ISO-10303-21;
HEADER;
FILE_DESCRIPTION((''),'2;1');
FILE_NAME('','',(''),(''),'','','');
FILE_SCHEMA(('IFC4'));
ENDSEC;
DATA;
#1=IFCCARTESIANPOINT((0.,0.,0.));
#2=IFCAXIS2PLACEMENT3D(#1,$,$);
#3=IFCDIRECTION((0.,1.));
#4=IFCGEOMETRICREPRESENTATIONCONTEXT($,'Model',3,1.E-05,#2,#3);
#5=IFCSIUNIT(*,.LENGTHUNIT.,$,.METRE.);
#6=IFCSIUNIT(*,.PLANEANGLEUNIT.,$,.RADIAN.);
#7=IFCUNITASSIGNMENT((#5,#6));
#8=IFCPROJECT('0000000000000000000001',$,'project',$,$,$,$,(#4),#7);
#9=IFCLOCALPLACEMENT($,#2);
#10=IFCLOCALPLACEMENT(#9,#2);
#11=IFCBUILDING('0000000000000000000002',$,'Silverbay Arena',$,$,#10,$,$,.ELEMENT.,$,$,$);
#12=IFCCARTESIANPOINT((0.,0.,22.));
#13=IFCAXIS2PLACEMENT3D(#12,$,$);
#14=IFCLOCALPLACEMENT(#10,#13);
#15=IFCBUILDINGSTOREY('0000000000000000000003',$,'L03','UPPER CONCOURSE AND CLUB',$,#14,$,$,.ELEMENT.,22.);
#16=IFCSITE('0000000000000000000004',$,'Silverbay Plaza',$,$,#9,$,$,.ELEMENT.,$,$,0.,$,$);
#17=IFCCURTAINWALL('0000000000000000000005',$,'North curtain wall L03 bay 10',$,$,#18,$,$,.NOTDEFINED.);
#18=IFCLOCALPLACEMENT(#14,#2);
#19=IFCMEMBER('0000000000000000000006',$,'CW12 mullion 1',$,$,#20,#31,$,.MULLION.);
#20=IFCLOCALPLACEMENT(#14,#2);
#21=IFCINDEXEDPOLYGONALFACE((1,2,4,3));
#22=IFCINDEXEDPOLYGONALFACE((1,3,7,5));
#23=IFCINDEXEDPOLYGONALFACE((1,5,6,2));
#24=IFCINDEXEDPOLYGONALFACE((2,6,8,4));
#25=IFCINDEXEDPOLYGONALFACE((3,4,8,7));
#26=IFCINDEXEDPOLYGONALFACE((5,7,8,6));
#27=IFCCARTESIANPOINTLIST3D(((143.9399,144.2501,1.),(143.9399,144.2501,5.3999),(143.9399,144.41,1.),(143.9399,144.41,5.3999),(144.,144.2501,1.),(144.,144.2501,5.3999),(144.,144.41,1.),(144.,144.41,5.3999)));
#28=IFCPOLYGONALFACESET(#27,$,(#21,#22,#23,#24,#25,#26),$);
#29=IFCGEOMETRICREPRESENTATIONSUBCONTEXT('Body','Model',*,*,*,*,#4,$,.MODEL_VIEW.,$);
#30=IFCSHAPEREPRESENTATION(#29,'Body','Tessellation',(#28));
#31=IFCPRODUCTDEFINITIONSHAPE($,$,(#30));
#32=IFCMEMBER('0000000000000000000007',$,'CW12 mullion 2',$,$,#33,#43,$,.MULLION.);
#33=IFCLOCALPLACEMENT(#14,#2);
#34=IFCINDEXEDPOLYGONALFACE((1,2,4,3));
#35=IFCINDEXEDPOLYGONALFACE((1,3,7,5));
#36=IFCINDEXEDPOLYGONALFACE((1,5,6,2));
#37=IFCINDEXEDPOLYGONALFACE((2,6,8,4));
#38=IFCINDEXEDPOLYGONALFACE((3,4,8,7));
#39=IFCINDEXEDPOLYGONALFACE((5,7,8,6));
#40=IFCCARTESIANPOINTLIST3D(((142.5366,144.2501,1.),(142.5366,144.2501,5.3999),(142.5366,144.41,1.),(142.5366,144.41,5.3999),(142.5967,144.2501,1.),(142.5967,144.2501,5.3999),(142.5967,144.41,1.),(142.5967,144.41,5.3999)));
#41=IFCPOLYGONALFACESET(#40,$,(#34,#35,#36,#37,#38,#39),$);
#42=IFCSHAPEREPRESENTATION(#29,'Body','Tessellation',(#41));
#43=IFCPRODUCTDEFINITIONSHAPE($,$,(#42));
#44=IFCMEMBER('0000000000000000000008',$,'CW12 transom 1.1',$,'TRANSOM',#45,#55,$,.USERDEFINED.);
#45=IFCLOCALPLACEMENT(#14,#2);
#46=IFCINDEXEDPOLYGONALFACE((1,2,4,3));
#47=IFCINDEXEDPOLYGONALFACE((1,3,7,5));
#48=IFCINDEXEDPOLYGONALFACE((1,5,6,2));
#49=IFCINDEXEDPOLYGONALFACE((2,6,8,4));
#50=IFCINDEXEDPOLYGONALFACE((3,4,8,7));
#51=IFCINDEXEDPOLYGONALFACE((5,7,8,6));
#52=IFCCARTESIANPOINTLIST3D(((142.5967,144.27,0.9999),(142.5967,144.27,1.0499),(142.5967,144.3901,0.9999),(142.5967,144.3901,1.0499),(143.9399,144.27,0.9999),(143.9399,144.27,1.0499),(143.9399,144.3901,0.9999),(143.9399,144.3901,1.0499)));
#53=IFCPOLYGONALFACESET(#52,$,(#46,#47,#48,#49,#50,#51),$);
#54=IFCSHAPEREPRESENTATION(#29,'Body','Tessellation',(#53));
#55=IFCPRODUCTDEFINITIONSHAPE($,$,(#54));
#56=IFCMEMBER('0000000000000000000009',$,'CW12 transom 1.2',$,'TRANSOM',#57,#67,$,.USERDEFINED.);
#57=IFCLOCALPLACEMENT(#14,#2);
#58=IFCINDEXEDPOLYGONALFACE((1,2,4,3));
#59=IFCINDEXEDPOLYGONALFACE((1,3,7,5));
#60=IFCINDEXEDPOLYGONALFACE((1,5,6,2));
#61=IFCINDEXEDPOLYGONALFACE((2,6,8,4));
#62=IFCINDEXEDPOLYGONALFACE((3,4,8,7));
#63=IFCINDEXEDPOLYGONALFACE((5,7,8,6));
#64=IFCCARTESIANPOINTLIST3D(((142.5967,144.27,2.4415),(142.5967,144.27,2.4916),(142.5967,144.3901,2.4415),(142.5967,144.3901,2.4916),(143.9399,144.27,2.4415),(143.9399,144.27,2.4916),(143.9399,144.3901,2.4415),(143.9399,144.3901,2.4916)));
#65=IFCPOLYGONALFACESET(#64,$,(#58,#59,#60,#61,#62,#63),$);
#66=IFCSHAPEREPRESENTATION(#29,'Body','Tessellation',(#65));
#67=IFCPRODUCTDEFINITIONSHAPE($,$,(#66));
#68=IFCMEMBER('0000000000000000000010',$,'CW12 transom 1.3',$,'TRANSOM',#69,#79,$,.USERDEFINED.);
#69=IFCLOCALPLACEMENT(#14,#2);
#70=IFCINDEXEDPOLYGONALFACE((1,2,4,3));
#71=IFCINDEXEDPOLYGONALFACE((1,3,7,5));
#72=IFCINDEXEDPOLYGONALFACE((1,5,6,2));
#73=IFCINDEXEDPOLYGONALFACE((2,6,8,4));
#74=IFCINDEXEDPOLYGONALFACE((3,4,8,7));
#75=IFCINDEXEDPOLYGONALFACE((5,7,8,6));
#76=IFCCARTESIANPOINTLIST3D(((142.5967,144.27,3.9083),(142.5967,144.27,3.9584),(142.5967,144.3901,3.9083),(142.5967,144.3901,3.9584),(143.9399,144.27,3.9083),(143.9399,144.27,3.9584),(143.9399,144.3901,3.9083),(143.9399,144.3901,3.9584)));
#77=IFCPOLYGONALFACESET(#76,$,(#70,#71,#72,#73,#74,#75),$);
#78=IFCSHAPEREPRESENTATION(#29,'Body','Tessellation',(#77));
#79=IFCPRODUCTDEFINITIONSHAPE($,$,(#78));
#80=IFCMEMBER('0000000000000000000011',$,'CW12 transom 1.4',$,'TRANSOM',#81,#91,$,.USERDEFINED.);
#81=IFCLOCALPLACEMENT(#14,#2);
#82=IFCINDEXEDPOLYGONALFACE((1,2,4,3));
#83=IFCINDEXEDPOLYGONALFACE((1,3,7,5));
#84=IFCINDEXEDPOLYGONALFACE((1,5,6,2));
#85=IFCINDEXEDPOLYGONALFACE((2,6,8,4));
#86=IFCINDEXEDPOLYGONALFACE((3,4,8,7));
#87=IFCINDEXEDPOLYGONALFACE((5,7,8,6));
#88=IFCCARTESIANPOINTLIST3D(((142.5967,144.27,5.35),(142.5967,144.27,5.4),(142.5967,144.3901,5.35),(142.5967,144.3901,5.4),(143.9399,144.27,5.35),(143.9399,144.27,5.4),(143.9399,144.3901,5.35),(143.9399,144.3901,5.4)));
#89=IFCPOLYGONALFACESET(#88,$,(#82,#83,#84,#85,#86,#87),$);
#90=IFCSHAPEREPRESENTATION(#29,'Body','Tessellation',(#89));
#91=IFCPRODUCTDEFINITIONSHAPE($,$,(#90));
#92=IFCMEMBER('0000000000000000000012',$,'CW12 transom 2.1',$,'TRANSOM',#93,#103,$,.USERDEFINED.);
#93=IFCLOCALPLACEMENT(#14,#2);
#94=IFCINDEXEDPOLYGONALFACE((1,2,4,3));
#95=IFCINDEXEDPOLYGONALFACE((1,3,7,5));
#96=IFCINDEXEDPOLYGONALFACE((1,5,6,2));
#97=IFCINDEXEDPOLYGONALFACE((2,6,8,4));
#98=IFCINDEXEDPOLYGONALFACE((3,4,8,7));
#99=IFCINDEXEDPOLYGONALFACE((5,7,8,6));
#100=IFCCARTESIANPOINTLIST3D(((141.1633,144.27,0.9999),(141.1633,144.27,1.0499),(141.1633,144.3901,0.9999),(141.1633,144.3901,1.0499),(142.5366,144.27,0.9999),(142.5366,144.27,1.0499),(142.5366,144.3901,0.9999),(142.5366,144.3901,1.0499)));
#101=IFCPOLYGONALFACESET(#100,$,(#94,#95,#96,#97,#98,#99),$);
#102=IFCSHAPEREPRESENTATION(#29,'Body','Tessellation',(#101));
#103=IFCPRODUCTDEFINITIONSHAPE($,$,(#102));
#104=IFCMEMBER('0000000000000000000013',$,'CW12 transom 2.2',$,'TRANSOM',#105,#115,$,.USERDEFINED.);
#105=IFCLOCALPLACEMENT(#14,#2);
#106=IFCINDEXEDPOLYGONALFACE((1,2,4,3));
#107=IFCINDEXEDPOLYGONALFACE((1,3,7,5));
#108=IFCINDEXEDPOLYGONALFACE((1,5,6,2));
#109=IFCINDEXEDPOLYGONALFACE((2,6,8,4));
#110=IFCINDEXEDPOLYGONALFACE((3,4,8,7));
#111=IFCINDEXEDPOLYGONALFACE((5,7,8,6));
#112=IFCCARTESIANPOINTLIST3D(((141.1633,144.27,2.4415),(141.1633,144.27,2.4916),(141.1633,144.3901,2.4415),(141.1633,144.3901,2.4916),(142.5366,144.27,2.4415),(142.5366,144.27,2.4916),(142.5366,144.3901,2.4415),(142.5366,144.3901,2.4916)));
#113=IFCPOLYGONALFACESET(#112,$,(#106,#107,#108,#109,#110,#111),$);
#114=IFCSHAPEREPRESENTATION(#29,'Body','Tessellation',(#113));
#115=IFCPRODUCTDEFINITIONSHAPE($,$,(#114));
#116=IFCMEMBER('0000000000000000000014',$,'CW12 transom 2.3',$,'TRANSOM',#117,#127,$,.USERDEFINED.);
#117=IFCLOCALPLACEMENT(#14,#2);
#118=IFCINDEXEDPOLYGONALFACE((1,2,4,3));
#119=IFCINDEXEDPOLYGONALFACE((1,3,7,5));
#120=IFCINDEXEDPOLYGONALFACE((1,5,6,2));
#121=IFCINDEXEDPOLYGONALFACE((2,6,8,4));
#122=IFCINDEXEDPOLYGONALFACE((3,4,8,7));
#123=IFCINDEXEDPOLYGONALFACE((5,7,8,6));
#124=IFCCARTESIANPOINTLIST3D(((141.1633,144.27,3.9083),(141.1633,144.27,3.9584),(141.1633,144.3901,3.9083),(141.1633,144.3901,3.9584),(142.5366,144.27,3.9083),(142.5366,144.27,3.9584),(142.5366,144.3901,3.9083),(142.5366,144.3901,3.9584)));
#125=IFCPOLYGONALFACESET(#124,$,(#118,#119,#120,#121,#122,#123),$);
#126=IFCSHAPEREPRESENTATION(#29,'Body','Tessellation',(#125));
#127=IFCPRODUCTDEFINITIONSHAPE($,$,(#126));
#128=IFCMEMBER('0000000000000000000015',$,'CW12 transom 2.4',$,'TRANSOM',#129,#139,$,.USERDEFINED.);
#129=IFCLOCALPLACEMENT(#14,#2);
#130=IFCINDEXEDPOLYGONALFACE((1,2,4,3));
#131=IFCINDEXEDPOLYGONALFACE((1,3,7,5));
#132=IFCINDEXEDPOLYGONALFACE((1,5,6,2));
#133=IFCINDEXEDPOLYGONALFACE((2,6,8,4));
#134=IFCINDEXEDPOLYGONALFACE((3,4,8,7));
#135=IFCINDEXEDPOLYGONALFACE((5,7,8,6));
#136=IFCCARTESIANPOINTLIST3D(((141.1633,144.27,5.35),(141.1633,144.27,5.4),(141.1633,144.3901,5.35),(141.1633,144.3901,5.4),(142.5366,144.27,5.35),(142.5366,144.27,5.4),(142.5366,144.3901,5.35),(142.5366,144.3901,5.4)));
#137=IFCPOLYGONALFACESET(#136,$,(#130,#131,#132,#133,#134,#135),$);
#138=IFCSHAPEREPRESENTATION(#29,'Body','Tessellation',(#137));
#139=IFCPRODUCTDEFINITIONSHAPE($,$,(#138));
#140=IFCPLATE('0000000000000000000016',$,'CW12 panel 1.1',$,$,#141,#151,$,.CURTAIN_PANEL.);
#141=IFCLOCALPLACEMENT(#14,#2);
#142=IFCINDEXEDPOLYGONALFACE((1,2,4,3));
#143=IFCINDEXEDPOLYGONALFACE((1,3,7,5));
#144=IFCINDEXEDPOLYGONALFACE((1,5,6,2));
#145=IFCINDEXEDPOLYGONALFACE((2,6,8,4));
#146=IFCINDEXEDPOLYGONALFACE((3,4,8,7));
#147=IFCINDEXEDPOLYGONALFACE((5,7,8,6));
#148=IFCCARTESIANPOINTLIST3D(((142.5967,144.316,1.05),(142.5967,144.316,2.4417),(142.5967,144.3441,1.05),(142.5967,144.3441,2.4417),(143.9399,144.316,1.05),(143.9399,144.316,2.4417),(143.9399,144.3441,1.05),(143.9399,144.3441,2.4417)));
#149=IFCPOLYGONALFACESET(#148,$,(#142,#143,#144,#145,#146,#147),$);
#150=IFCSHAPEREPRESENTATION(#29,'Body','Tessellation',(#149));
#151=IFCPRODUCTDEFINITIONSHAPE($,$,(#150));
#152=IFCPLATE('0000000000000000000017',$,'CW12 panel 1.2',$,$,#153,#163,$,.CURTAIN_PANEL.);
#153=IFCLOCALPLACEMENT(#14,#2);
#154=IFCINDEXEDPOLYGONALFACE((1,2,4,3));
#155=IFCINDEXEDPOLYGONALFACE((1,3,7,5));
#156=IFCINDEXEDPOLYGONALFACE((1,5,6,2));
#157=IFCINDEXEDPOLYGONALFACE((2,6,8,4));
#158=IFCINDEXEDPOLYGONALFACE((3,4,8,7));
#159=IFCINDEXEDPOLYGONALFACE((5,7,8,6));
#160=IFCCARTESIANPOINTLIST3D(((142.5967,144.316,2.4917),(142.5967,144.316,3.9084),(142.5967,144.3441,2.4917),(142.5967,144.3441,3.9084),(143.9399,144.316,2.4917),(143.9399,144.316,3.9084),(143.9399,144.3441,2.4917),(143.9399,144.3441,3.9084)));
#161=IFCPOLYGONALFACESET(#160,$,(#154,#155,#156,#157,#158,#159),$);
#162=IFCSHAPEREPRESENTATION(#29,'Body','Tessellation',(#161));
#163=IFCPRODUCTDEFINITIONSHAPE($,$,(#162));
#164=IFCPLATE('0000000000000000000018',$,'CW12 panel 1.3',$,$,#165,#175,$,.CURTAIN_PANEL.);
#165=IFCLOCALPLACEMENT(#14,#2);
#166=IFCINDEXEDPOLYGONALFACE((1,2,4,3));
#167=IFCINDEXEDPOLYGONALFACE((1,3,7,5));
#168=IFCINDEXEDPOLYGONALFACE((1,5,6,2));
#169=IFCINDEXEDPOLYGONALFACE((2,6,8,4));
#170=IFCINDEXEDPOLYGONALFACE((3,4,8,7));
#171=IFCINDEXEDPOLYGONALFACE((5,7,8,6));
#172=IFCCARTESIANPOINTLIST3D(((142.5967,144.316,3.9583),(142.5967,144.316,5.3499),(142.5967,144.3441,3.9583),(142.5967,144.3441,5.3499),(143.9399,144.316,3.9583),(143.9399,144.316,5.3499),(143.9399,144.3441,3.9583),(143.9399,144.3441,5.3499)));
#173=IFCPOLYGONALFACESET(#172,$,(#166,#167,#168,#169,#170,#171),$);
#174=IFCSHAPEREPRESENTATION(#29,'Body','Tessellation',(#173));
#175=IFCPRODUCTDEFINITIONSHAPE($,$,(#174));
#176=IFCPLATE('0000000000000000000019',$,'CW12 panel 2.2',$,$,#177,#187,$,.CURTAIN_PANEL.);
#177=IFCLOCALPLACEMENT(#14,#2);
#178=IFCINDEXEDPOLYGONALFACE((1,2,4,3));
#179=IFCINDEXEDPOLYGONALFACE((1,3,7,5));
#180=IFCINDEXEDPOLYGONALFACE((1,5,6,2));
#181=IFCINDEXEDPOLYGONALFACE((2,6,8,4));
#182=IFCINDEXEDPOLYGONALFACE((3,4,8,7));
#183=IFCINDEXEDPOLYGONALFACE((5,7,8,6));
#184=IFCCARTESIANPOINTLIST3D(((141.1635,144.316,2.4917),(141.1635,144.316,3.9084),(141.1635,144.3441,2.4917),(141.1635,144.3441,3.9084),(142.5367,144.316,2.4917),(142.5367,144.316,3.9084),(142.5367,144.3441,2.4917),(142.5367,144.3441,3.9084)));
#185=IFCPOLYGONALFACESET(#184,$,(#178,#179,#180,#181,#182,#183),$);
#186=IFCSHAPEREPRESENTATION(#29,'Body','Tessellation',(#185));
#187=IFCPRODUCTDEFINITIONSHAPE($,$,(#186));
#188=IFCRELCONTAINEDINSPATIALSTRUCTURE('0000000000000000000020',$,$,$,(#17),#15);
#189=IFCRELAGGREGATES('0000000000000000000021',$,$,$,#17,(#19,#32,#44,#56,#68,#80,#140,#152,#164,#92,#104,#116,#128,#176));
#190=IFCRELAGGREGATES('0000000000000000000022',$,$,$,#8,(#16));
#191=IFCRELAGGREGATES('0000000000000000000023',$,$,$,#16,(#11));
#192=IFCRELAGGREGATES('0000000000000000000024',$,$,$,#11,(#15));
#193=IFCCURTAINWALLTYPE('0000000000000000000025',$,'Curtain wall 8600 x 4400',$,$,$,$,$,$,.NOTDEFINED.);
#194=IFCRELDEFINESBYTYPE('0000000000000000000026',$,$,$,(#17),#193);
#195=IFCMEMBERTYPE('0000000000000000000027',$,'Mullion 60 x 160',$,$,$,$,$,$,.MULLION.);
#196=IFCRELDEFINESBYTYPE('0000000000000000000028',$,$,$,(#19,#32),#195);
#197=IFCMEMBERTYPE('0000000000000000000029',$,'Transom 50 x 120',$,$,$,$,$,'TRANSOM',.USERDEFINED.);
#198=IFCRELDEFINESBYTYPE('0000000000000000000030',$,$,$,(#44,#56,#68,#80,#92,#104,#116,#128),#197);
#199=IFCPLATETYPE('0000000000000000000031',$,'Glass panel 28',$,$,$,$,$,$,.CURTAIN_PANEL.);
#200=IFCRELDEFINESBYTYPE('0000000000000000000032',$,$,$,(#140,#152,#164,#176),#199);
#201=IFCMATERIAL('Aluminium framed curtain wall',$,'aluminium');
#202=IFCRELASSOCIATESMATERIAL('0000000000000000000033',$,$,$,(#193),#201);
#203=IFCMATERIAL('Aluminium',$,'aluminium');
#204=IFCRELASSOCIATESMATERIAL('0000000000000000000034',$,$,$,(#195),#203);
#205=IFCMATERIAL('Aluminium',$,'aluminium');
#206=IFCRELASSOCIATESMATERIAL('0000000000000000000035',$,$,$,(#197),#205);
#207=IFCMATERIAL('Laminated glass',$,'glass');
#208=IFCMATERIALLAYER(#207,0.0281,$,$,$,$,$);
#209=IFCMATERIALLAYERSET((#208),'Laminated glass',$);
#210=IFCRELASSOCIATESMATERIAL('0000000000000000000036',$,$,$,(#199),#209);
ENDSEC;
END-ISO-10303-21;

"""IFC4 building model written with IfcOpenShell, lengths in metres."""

from ifc_helpers import new_model, si_unit, direction, frame, origin, origin_2d, place, context, subcontext, project, spatial, rectangle, extrude, material, layer, layer_set, material_profile, profile_set, type_object, element, aggregate, save


model = new_model("IFC4")

# Units and contexts
model_context = context("Model", 3, precision=1e-05, world=origin(), true_north=direction((0.0, 1.0)))
body_context = subcontext(model_context, "Body", "Model", "MODEL_VIEW")
ifc_project = project(units=[si_unit("LENGTHUNIT", "METRE"), si_unit("PLANEANGLEUNIT", "RADIAN")], contexts=[model_context])

# Site, building, storey
site_placement = place(None, origin())
site = spatial("IfcSite", under=ifc_project, at=site_placement, Name="Silverbay Plaza", CompositionType="ELEMENT", RefElevation=0.0)
building_placement = place(site_placement, origin())
building = spatial("IfcBuilding", under=site, at=building_placement, Name="Silverbay Arena", CompositionType="ELEMENT")
storey_placement = place(building_placement, frame((0.0, 0.0, 22.0)))
storey = spatial("IfcBuildingStorey", under=building, at=storey_placement, Name="L03", Description="UPPER CONCOURSE AND CLUB", CompositionType="ELEMENT", Elevation=22.0)

# Curtain wall, members, plates
ifc_material_1 = material(Name="Aluminium framed curtain wall", Category="aluminium")
curtain_wall_type = type_object("IfcCurtainWallType", Name="Curtain wall 8600 x 4400", PredefinedType="NOTDEFINED", material=ifc_material_1)
curtain_wall_placement = place(storey_placement, origin())
curtain_wall = element("IfcCurtainWall", 1, at=curtain_wall_placement, inside=storey, type_object=curtain_wall_type, Name="North curtain wall L03 bay 10", PredefinedType="NOTDEFINED")
ifc_material_2 = material(Name="Aluminium", Category="aluminium")
ifc_material_profile_1 = material_profile(ifc_material_2, rectangle(XDim=0.1599, YDim=0.0601, at=origin_2d()), Name="Mullion 60 x 160")
ifc_profile_set_1 = profile_set([ifc_material_profile_1], Name="Aluminium")
member_type_1 = type_object("IfcMemberType", Name="Mullion 60 x 160", PredefinedType="MULLION", material=ifc_profile_set_1)
member_1_placement = place(storey_placement, frame((143.97, 144.3301, 1.0), z_axis=(0.0, 0.0, 1.0), x_axis=(0.0, -1.0, 0.0)))
member_1 = element("IfcMember", 2, at=member_1_placement, type_object=member_type_1, Name="CW12 mullion 1", PredefinedType="MULLION", context=body_context, shape_type="SweptSolid", body=[
    extrude(rectangle(XDim=0.1599, YDim=0.0601, at=origin_2d()), origin(), (0.0, 0.0, 1.0), 4.3999),
])
member_2_placement = place(storey_placement, frame((142.5667, 144.3301, 1.0), z_axis=(0.0, 0.0, 1.0), x_axis=(0.0, -1.0, 0.0)))
member_2 = element("IfcMember", 3, at=member_2_placement, type_object=member_type_1, Name="CW12 mullion 2", PredefinedType="MULLION", context=body_context, shape_type="SweptSolid", body=[
    extrude(rectangle(XDim=0.1599, YDim=0.0601, at=origin_2d()), origin(), (0.0, 0.0, 1.0), 4.3999),
])
ifc_material_3 = material(Name="Aluminium", Category="aluminium")
ifc_material_profile_2 = material_profile(ifc_material_3, rectangle(XDim=0.1201, YDim=0.05, at=origin_2d()), Name="Transom 50 x 120")
ifc_profile_set_2 = profile_set([ifc_material_profile_2], Name="Aluminium")
member_type_2 = type_object("IfcMemberType", Name="Transom 50 x 120", ElementType="TRANSOM", PredefinedType="USERDEFINED", material=ifc_profile_set_2)
member_3_placement = place(storey_placement, frame((143.9399, 144.3301, 1.0249), z_axis=(-1.0, 0.0, 0.0), x_axis=(0.0, -1.0, 0.0)))
member_3 = element("IfcMember", 4, at=member_3_placement, type_object=member_type_2, Name="CW12 transom 1.1", ObjectType="TRANSOM", PredefinedType="USERDEFINED", context=body_context, shape_type="SweptSolid", body=[
    extrude(rectangle(XDim=0.1201, YDim=0.05, at=origin_2d()), origin(), (0.0, 0.0, 1.0), 1.3433),
])
member_4_placement = place(storey_placement, frame((143.9399, 144.3301, 2.4666), z_axis=(-1.0, 0.0, 0.0), x_axis=(0.0, -1.0, 0.0)))
member_4 = element("IfcMember", 5, at=member_4_placement, type_object=member_type_2, Name="CW12 transom 1.2", ObjectType="TRANSOM", PredefinedType="USERDEFINED", context=body_context, shape_type="SweptSolid", body=[
    extrude(rectangle(XDim=0.1201, YDim=0.05, at=origin_2d()), origin(), (0.0, 0.0, 1.0), 1.3433),
])
member_5_placement = place(storey_placement, frame((143.9399, 144.3301, 3.9333), z_axis=(-1.0, 0.0, 0.0), x_axis=(0.0, -1.0, 0.0)))
member_5 = element("IfcMember", 6, at=member_5_placement, type_object=member_type_2, Name="CW12 transom 1.3", ObjectType="TRANSOM", PredefinedType="USERDEFINED", context=body_context, shape_type="SweptSolid", body=[
    extrude(rectangle(XDim=0.1201, YDim=0.05, at=origin_2d()), origin(), (0.0, 0.0, 1.0), 1.3433),
])
member_6_placement = place(storey_placement, frame((143.9399, 144.3301, 5.375), z_axis=(-1.0, 0.0, 0.0), x_axis=(0.0, -1.0, 0.0)))
member_6 = element("IfcMember", 7, at=member_6_placement, type_object=member_type_2, Name="CW12 transom 1.4", ObjectType="TRANSOM", PredefinedType="USERDEFINED", context=body_context, shape_type="SweptSolid", body=[
    extrude(rectangle(XDim=0.1201, YDim=0.05, at=origin_2d()), origin(), (0.0, 0.0, 1.0), 1.3433),
])
member_7_placement = place(storey_placement, frame((142.5366, 144.3301, 1.0249), z_axis=(-1.0, 0.0, 0.0), x_axis=(0.0, -1.0, 0.0)))
member_7 = element("IfcMember", 8, at=member_7_placement, type_object=member_type_2, Name="CW12 transom 2.1", ObjectType="TRANSOM", PredefinedType="USERDEFINED", context=body_context, shape_type="SweptSolid", body=[
    extrude(rectangle(XDim=0.1201, YDim=0.05, at=origin_2d()), origin(), (0.0, 0.0, 1.0), 1.3733),
])
member_8_placement = place(storey_placement, frame((142.5366, 144.3301, 2.4666), z_axis=(-1.0, 0.0, 0.0), x_axis=(0.0, -1.0, 0.0)))
member_8 = element("IfcMember", 9, at=member_8_placement, type_object=member_type_2, Name="CW12 transom 2.2", ObjectType="TRANSOM", PredefinedType="USERDEFINED", context=body_context, shape_type="SweptSolid", body=[
    extrude(rectangle(XDim=0.1201, YDim=0.05, at=origin_2d()), origin(), (0.0, 0.0, 1.0), 1.3733),
])
member_9_placement = place(storey_placement, frame((142.5366, 144.3301, 3.9333), z_axis=(-1.0, 0.0, 0.0), x_axis=(0.0, -1.0, 0.0)))
member_9 = element("IfcMember", 10, at=member_9_placement, type_object=member_type_2, Name="CW12 transom 2.3", ObjectType="TRANSOM", PredefinedType="USERDEFINED", context=body_context, shape_type="SweptSolid", body=[
    extrude(rectangle(XDim=0.1201, YDim=0.05, at=origin_2d()), origin(), (0.0, 0.0, 1.0), 1.3733),
])
member_10_placement = place(storey_placement, frame((142.5366, 144.3301, 5.375), z_axis=(-1.0, 0.0, 0.0), x_axis=(0.0, -1.0, 0.0)))
member_10 = element("IfcMember", 11, at=member_10_placement, type_object=member_type_2, Name="CW12 transom 2.4", ObjectType="TRANSOM", PredefinedType="USERDEFINED", context=body_context, shape_type="SweptSolid", body=[
    extrude(rectangle(XDim=0.1201, YDim=0.05, at=origin_2d()), origin(), (0.0, 0.0, 1.0), 1.3733),
])
ifc_material_4 = material(Name="Laminated glass", Category="glass")
ifc_layer_1 = layer(ifc_material_4, 0.0281)
ifc_layer_set_1 = layer_set([ifc_layer_1], Name="Laminated glass")
plate_type = type_object("IfcPlateType", Name="Glass panel 28", PredefinedType="CURTAIN_PANEL", material=ifc_layer_set_1)
plate_1_placement = place(storey_placement, frame((143.2683, 144.3301, 1.05), z_axis=(0.0, 0.0, 1.0), x_axis=(-1.0, 0.0, 0.0)))
plate_1 = element("IfcPlate", 12, at=plate_1_placement, type_object=plate_type, Name="CW12 panel 1.1", PredefinedType="CURTAIN_PANEL", context=body_context, shape_type="SweptSolid", body=[
    extrude(rectangle(XDim=1.3433, YDim=0.0281, at=origin_2d()), origin(), (0.0, 0.0, 1.0), 1.3916),
])
plate_2_placement = place(storey_placement, frame((143.2683, 144.3301, 2.4917), z_axis=(0.0, 0.0, 1.0), x_axis=(-1.0, 0.0, 0.0)))
plate_2 = element("IfcPlate", 13, at=plate_2_placement, type_object=plate_type, Name="CW12 panel 1.2", PredefinedType="CURTAIN_PANEL", context=body_context, shape_type="SweptSolid", body=[
    extrude(rectangle(XDim=1.3433, YDim=0.0281, at=origin_2d()), origin(), (0.0, 0.0, 1.0), 1.4167),
])
plate_3_placement = place(storey_placement, frame((143.2683, 144.3301, 3.9583), z_axis=(0.0, 0.0, 1.0), x_axis=(-1.0, 0.0, 0.0)))
plate_3 = element("IfcPlate", 14, at=plate_3_placement, type_object=plate_type, Name="CW12 panel 1.3", PredefinedType="CURTAIN_PANEL", context=body_context, shape_type="SweptSolid", body=[
    extrude(rectangle(XDim=1.3433, YDim=0.0281, at=origin_2d()), origin(), (0.0, 0.0, 1.0), 1.3916),
])
plate_4_placement = place(storey_placement, frame((141.8501, 144.3301, 2.4917), z_axis=(0.0, 0.0, 1.0), x_axis=(-1.0, 0.0, 0.0)))
plate_4 = element("IfcPlate", 15, at=plate_4_placement, type_object=plate_type, Name="CW12 panel 2.2", PredefinedType="CURTAIN_PANEL", context=body_context, shape_type="SweptSolid", body=[
    extrude(rectangle(XDim=1.3733, YDim=0.0281, at=origin_2d()), origin(), (0.0, 0.0, 1.0), 1.4167),
])
aggregate(curtain_wall, [member_1, member_2, member_3, member_4, member_5, member_6, plate_1, plate_2, plate_3, member_7, member_8, member_9, member_10, plate_4])

save(model, "model.ifc")
